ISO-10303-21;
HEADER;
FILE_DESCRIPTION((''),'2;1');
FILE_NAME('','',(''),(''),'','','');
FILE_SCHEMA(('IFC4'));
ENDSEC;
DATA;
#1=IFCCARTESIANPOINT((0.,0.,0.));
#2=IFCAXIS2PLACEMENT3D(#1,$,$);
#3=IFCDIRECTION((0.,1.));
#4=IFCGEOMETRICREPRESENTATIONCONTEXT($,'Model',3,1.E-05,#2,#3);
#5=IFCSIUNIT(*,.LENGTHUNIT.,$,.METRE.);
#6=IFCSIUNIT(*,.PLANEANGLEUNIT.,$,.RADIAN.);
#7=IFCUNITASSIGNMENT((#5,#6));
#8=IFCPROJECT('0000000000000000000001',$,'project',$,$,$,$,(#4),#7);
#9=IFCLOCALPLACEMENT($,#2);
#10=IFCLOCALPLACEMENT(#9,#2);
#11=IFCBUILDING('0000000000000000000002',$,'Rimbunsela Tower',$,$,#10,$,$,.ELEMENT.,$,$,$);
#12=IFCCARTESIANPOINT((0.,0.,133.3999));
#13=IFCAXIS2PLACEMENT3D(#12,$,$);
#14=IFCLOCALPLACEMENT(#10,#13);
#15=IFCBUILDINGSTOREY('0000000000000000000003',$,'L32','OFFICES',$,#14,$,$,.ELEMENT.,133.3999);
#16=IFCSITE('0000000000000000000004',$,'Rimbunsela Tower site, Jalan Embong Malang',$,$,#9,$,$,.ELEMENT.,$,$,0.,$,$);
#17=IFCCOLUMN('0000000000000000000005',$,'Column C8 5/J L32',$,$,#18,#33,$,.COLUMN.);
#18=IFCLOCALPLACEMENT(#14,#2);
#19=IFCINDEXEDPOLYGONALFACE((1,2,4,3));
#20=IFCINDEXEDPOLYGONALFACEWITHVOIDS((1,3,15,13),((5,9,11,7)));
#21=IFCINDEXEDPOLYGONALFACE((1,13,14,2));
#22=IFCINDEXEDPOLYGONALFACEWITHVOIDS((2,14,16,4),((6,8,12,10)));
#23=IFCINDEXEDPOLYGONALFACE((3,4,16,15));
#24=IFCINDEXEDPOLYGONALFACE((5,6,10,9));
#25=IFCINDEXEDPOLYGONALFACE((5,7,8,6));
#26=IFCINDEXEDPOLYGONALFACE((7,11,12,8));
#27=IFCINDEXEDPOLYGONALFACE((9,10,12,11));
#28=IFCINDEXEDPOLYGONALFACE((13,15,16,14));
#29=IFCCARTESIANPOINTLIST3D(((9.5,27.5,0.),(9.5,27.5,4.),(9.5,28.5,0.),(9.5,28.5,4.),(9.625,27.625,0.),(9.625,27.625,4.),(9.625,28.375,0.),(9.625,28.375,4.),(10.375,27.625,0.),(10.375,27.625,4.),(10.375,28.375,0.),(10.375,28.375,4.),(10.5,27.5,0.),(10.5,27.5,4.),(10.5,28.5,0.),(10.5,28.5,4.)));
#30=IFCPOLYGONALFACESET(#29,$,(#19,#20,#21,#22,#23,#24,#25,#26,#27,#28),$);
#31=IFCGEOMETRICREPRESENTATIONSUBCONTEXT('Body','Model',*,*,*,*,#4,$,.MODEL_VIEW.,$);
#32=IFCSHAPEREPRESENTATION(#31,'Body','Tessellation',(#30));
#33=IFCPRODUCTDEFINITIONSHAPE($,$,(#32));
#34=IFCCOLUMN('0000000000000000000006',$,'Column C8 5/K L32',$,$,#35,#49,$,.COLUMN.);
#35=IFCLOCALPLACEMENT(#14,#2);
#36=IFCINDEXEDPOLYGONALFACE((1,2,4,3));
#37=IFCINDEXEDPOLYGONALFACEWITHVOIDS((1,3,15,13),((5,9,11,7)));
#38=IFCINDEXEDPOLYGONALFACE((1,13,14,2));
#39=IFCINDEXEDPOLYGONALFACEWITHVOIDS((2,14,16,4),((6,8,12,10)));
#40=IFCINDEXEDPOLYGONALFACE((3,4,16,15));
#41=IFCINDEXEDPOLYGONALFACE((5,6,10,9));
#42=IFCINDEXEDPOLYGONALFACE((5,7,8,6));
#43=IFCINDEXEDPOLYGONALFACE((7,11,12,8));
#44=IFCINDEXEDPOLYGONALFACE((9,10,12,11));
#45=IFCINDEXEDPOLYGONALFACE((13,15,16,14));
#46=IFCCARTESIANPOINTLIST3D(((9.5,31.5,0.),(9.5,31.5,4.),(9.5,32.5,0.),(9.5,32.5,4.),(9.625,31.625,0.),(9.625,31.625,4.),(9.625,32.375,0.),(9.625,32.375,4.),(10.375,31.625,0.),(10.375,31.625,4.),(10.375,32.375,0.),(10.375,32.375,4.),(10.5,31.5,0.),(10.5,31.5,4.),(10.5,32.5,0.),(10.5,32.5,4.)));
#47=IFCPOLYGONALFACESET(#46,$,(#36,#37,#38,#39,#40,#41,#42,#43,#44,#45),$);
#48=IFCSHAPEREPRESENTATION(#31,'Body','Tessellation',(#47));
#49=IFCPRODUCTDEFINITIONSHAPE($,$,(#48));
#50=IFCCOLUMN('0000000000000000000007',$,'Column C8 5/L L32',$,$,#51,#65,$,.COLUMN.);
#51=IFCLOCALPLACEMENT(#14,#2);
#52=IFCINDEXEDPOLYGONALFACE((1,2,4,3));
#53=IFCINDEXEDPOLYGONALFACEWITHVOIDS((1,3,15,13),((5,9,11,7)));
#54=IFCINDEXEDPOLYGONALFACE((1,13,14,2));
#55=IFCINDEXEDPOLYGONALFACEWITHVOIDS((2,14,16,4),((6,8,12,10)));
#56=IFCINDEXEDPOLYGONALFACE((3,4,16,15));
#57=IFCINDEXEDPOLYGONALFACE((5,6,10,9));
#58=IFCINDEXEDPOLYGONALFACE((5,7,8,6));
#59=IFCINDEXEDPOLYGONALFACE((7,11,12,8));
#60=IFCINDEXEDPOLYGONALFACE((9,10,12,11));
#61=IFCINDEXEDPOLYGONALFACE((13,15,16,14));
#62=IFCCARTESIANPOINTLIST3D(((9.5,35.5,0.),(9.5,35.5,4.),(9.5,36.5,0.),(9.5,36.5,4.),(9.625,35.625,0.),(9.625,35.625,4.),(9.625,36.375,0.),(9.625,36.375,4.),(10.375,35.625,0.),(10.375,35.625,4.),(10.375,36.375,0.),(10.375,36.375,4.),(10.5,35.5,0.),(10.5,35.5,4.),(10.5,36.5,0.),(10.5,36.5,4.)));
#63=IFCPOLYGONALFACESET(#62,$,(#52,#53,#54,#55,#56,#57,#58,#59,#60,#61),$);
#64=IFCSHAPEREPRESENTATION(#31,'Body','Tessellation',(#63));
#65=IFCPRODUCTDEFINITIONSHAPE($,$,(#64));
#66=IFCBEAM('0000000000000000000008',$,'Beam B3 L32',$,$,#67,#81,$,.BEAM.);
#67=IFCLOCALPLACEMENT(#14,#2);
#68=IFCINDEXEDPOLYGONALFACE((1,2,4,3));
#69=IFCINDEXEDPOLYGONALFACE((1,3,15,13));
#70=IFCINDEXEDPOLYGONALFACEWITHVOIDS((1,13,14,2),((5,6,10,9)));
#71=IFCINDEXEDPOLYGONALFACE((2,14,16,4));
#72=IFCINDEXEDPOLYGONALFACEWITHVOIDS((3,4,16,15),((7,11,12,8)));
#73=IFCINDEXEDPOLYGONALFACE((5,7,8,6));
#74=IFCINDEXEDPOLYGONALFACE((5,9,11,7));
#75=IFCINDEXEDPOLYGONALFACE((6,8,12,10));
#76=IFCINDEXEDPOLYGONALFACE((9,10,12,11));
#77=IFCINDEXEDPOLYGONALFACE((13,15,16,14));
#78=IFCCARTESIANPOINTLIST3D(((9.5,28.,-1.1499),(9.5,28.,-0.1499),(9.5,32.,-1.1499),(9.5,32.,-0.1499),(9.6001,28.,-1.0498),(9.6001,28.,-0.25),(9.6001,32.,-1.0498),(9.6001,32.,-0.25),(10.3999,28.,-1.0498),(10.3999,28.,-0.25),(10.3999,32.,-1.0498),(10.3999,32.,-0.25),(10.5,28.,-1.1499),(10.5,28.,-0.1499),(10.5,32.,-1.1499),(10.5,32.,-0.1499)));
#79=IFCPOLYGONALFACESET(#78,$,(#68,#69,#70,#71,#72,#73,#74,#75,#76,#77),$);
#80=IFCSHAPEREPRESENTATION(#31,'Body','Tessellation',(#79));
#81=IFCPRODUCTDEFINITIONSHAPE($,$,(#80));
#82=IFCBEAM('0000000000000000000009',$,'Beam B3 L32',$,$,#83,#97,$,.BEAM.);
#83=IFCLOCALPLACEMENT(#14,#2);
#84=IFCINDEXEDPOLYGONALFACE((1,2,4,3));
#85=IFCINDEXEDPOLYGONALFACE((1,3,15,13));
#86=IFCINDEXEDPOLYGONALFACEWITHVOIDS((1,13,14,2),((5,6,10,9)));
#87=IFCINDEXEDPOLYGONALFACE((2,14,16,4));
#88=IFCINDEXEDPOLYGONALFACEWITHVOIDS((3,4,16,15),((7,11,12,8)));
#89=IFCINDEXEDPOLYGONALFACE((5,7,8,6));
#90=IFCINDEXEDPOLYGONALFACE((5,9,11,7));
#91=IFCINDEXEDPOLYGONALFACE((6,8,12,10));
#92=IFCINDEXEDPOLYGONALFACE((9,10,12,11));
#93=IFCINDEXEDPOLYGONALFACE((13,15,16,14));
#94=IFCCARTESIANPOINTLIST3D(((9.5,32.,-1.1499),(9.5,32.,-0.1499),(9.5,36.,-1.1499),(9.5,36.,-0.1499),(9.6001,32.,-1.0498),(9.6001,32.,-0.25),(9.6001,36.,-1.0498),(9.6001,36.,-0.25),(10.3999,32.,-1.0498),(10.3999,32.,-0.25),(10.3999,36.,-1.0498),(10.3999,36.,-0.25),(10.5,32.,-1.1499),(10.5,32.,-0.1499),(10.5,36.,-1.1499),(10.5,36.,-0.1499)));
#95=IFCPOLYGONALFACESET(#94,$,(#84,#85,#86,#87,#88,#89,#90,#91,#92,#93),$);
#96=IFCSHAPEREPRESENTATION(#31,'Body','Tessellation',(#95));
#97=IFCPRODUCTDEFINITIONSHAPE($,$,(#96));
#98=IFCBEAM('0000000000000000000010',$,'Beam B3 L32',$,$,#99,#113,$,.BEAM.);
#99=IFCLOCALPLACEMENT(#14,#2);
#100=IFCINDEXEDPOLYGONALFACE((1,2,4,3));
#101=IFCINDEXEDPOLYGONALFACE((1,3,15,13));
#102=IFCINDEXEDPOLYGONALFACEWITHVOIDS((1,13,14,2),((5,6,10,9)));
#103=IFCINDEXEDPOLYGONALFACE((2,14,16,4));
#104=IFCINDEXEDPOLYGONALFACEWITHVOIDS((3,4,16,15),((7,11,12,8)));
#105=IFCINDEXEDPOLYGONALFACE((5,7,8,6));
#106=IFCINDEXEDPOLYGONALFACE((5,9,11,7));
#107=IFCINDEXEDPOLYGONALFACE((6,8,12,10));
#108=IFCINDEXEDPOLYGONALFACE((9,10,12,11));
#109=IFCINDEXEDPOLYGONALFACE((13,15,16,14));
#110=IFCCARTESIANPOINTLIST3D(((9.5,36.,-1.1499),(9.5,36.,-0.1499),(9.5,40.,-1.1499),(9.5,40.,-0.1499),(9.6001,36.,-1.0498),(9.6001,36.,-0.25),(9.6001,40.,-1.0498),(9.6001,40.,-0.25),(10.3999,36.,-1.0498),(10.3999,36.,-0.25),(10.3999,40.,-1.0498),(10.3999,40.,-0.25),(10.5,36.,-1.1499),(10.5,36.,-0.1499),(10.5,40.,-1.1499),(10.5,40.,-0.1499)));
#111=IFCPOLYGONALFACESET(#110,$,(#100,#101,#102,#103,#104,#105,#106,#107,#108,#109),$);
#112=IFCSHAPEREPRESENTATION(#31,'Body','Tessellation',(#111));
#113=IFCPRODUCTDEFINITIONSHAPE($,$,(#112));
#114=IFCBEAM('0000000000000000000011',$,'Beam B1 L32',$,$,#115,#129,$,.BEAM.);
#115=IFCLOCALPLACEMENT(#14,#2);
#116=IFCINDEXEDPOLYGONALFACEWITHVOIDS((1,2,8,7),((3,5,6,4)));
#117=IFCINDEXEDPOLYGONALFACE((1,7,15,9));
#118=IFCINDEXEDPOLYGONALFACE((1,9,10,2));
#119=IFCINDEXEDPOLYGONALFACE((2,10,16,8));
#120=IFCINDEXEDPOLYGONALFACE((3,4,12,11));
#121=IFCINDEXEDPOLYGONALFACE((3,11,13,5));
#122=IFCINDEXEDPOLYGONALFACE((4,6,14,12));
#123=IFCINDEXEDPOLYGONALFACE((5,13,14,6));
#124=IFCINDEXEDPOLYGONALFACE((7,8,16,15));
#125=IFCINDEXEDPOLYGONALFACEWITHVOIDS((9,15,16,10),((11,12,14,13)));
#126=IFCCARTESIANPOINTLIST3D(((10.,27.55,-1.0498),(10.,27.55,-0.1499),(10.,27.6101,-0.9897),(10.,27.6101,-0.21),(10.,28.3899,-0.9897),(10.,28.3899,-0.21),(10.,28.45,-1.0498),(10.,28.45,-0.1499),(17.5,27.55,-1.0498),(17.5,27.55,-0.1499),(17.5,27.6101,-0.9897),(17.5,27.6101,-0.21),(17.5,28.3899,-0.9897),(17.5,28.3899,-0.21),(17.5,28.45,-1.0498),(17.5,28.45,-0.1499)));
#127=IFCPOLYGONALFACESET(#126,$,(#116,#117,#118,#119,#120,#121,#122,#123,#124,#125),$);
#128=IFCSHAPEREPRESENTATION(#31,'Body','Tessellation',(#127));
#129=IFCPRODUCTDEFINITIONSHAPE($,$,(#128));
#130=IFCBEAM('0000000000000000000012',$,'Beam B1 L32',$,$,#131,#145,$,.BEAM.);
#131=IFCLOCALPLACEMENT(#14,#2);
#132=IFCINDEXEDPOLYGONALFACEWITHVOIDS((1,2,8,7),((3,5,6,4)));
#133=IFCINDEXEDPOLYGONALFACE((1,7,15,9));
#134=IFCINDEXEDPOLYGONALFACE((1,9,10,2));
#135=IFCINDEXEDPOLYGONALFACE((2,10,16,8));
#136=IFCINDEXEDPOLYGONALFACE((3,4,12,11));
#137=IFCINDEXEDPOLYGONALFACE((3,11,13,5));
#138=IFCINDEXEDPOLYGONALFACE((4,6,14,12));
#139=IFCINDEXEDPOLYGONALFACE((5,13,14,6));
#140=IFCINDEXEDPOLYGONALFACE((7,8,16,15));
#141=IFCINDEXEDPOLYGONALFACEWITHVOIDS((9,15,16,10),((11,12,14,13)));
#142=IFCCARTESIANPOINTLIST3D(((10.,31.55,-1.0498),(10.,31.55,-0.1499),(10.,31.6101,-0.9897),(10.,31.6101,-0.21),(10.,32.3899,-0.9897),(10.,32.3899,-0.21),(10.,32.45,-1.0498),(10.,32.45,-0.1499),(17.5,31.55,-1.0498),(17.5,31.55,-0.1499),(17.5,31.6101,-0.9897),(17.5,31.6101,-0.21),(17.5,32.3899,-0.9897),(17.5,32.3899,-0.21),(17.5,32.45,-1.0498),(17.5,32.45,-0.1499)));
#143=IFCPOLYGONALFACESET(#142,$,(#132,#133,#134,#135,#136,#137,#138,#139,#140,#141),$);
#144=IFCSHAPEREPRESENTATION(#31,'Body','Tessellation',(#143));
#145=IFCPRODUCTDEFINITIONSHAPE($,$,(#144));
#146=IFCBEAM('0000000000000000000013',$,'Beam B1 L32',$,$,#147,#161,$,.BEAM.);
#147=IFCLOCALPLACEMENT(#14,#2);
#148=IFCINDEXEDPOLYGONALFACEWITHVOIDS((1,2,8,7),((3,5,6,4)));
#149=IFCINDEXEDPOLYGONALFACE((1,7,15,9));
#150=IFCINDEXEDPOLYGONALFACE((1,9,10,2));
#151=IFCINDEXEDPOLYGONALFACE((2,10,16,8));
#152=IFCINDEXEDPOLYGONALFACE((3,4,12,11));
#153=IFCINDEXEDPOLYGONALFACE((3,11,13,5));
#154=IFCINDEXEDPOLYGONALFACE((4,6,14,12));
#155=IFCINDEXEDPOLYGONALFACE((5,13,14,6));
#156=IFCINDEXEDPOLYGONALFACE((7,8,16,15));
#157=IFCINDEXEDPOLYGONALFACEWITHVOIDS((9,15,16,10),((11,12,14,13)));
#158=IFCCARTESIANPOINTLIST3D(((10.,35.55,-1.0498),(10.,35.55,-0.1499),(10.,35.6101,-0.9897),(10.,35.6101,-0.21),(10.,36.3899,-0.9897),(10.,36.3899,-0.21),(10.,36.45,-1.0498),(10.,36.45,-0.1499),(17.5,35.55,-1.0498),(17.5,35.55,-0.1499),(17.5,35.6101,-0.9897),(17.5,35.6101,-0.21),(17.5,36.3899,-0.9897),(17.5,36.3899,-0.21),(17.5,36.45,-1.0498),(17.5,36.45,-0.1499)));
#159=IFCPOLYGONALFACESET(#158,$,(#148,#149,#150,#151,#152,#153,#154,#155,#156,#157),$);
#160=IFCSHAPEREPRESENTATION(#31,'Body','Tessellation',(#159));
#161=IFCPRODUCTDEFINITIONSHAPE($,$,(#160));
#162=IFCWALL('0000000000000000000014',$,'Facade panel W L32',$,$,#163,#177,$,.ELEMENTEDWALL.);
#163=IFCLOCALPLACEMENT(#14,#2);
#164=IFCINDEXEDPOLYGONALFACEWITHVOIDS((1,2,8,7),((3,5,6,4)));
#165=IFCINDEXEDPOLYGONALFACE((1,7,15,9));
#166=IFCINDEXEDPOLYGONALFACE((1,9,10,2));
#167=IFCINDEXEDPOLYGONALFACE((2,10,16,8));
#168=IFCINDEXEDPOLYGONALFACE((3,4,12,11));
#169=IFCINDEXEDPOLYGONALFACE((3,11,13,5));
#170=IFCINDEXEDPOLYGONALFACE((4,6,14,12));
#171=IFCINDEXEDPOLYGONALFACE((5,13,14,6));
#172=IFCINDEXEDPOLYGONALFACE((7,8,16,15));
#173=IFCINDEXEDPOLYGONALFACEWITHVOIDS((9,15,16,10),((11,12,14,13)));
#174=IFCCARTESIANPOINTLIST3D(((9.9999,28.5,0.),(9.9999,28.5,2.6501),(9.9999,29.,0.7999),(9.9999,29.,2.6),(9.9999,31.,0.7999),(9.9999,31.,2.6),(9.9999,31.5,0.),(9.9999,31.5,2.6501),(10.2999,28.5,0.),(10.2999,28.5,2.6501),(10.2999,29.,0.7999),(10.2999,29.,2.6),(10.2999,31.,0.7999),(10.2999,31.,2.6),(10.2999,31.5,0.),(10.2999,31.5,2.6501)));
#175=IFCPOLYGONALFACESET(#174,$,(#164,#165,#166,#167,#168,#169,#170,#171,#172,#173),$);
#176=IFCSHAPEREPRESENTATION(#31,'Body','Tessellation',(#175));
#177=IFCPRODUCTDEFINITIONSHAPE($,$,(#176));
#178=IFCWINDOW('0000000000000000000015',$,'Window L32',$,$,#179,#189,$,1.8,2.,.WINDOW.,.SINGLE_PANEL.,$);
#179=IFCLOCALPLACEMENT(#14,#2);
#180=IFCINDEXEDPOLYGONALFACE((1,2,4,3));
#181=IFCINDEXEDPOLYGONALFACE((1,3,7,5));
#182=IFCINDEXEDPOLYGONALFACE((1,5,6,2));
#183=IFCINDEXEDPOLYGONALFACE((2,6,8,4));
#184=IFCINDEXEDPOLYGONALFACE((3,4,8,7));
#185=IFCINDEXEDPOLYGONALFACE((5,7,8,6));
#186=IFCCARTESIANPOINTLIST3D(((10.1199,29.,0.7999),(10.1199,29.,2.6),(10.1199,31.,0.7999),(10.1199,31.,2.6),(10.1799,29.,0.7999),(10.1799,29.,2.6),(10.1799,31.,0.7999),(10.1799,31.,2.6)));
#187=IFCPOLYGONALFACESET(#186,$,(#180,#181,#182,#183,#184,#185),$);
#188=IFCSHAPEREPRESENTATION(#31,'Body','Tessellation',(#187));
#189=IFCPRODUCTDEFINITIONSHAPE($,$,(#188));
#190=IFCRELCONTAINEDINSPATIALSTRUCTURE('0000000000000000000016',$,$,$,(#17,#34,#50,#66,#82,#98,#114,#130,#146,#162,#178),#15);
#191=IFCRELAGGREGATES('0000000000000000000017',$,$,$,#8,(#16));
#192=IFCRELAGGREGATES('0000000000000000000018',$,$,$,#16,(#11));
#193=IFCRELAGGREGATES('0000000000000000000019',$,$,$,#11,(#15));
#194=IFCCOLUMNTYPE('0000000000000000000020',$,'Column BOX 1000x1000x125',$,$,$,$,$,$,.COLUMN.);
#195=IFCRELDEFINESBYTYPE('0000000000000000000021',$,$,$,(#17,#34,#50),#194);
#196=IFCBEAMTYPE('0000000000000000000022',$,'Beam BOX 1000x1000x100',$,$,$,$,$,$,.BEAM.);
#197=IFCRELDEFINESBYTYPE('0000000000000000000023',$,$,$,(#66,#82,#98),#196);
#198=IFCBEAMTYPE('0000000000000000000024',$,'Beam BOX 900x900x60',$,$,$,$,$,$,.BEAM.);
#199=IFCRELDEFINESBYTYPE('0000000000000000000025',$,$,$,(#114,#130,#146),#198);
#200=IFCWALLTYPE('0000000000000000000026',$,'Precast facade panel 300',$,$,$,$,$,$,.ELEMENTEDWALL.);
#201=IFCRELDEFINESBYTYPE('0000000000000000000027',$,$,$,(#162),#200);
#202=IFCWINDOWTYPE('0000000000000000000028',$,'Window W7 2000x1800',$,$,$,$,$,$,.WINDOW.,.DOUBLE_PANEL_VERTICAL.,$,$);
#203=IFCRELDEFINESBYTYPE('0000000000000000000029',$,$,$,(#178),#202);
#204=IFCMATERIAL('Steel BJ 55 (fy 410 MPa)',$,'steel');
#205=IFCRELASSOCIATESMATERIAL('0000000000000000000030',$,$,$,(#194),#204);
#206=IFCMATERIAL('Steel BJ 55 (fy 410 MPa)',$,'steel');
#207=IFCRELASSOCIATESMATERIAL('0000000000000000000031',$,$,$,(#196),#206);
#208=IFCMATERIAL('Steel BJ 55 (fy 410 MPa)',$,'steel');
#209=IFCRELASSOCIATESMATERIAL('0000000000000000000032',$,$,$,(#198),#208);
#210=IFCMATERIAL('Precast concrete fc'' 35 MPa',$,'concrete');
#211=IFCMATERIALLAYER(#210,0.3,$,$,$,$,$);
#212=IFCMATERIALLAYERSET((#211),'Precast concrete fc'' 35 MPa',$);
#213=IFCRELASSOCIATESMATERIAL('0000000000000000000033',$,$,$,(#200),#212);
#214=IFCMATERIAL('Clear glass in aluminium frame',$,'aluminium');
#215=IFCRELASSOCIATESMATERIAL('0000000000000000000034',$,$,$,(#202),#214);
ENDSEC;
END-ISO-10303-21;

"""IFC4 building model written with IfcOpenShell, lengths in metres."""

from ifc_helpers import new_model, si_unit, direction, frame, frame_2d, origin, origin_2d, place, context, subcontext, project, spatial, rectangle, hollow_rectangle, extrude, material, layer, layer_set, material_profile, profile_set, type_object, element, fill, save


model = new_model("IFC4")

# Units and contexts
model_context = context("Model", 3, precision=1e-05, world=origin(), true_north=direction((0.0, 1.0)))
body_context = subcontext(model_context, "Body", "Model", "MODEL_VIEW")
ifc_project = project(units=[si_unit("LENGTHUNIT", "METRE"), si_unit("PLANEANGLEUNIT", "RADIAN")], contexts=[model_context])

# Site, building, storey
site_placement = place(None, origin())
site = spatial("IfcSite", under=ifc_project, at=site_placement, Name="Rimbunsela Tower site, Jalan Embong Malang", CompositionType="ELEMENT", RefElevation=0.0)
building_placement = place(site_placement, origin())
building = spatial("IfcBuilding", under=site, at=building_placement, Name="Rimbunsela Tower", CompositionType="ELEMENT")
storey_placement = place(building_placement, frame((0.0, 0.0, 133.3999)))
storey = spatial("IfcBuildingStorey", under=building, at=storey_placement, Name="L32", Description="OFFICES", CompositionType="ELEMENT", Elevation=133.3999)

# Columns
ifc_material_1 = material(Name="Steel BJ 55 (fy 410 MPa)", Category="steel")
ifc_material_profile_1 = material_profile(ifc_material_1, hollow_rectangle(XDim=1.0, YDim=1.0, WallThickness=0.125, at=origin_2d()), Name="BOX 1000x1000x125")
ifc_profile_set_1 = profile_set([ifc_material_profile_1], Name="Steel BJ 55 (fy 410 MPa)")
column_type = type_object("IfcColumnType", Name="Column BOX 1000x1000x125", PredefinedType="COLUMN", material=ifc_profile_set_1)
for number, where, z_axis, x_axis, name in (
    (1, (10.0, 28.0, 0.0), (0.0, 0.0, 1.0), (1.0, 0.0, 0.0), "Column C8 5/J L32"),
    (2, (10.0, 32.0, 0.0), (0.0, 0.0, 1.0), (1.0, 0.0, 0.0), "Column C8 5/K L32"),
    (3, (10.0, 36.0, 0.0), (0.0, 0.0, 1.0), (1.0, 0.0, 0.0), "Column C8 5/L L32"),
):
    element("IfcColumn", number, at=place(storey_placement, frame(where, z_axis=z_axis, x_axis=x_axis)), inside=storey, type_object=column_type, Name=name, PredefinedType="COLUMN", context=body_context, shape_type="SweptSolid", body=[
        extrude(hollow_rectangle(XDim=1.0, YDim=1.0, WallThickness=0.125, at=origin_2d()), origin(), (0.0, 0.0, 1.0), 4.0),
    ])

# Beams
ifc_material_2 = material(Name="Steel BJ 55 (fy 410 MPa)", Category="steel")
ifc_material_profile_2 = material_profile(ifc_material_2, hollow_rectangle(XDim=1.0, YDim=1.0, WallThickness=0.1001, at=origin_2d()), Name="BOX 1000x1000x100")
ifc_profile_set_2 = profile_set([ifc_material_profile_2], Name="Steel BJ 55 (fy 410 MPa)")
beam_type_1 = type_object("IfcBeamType", Name="Beam BOX 1000x1000x100", PredefinedType="BEAM", material=ifc_profile_set_2)
for number, where, z_axis, x_axis, name in (
    (4, (10.0, 28.0, -0.6499), (0.0, 1.0, 0.0), (-1.0, 0.0, 0.0), "Beam B3 L32"),
    (5, (10.0, 32.0, -0.6499), (0.0, 1.0, 0.0), (-1.0, 0.0, 0.0), "Beam B3 L32"),
    (6, (10.0, 36.0, -0.6499), (0.0, 1.0, 0.0), (-1.0, 0.0, 0.0), "Beam B3 L32"),
):
    element("IfcBeam", number, at=place(storey_placement, frame(where, z_axis=z_axis, x_axis=x_axis)), inside=storey, type_object=beam_type_1, Name=name, PredefinedType="BEAM", context=body_context, shape_type="SweptSolid", body=[
        extrude(hollow_rectangle(XDim=1.0, YDim=1.0, WallThickness=0.1001, at=origin_2d()), origin(), (0.0, 0.0, 1.0), 4.0),
    ])
ifc_material_3 = material(Name="Steel BJ 55 (fy 410 MPa)", Category="steel")
ifc_material_profile_3 = material_profile(ifc_material_3, hollow_rectangle(XDim=0.8999, YDim=0.8999, WallThickness=0.0601, at=origin_2d()), Name="BOX 900x900x60")
ifc_profile_set_3 = profile_set([ifc_material_profile_3], Name="Steel BJ 55 (fy 410 MPa)")
beam_type_2 = type_object("IfcBeamType", Name="Beam BOX 900x900x60", PredefinedType="BEAM", material=ifc_profile_set_3)
for number, where, z_axis, x_axis, name in (
    (7, (10.0, 28.0, -0.5999), (1.0, 0.0, 0.0), (0.0, 1.0, 0.0), "Beam B1 L32"),
    (8, (10.0, 32.0, -0.5999), (1.0, 0.0, 0.0), (0.0, 1.0, 0.0), "Beam B1 L32"),
    (9, (10.0, 36.0, -0.5999), (1.0, 0.0, 0.0), (0.0, 1.0, 0.0), "Beam B1 L32"),
):
    element("IfcBeam", number, at=place(storey_placement, frame(where, z_axis=z_axis, x_axis=x_axis)), inside=storey, type_object=beam_type_2, Name=name, PredefinedType="BEAM", context=body_context, shape_type="SweptSolid", body=[
        extrude(hollow_rectangle(XDim=0.8999, YDim=0.8999, WallThickness=0.0601, at=origin_2d()), origin(), (0.0, 0.0, 1.0), 7.5),
    ])

# Wall, opening, window
ifc_material_4 = material(Name="Precast concrete fc' 35 MPa", Category="concrete")
ifc_layer_1 = layer(ifc_material_4, 0.3)
ifc_layer_set_1 = layer_set([ifc_layer_1], Name="Precast concrete fc' 35 MPa")
wall_type = type_object("IfcWallType", Name="Precast facade panel 300", PredefinedType="ELEMENTEDWALL", material=ifc_layer_set_1)
wall_1_placement = place(storey_placement, frame((10.1499, 31.5, 0.0), z_axis=(0.0, 0.0, 1.0), x_axis=(0.0, -1.0, 0.0)))
wall_1 = element("IfcWall", 10, at=wall_1_placement, inside=storey, type_object=wall_type, Name="Facade panel W L32", PredefinedType="ELEMENTEDWALL", context=body_context, shape_type="SweptSolid", body=[
    extrude(rectangle(XDim=3.0, YDim=0.3, at=frame_2d((1.5, 0.0))), origin(), (0.0, 0.0, 1.0), 2.6501),
])
opening_1_placement = place(wall_1_placement, frame((0.5, 0.0, 0.8)))
opening_1 = element("IfcOpeningElement", 11, at=opening_1_placement, cuts=wall_1, PredefinedType="OPENING", context=body_context, shape_type="SweptSolid", body=[
    extrude(rectangle(XDim=2.0, YDim=1.8, at=frame_2d((1.0, 0.8999))), frame((0.0, 0.1599, 0.0), z_axis=(0.0, -1.0, 0.0), x_axis=(1.0, 0.0, 0.0)), (0.0, 0.0, 1.0), 0.3201),
])
ifc_material_5 = material(Name="Clear glass in aluminium frame", Category="aluminium")
window_type = type_object("IfcWindowType", Name="Window W7 2000x1800", PartitioningType="DOUBLE_PANEL_VERTICAL", PredefinedType="WINDOW", material=ifc_material_5)
window_1_placement = place(opening_1_placement, origin())
window_1 = element("IfcWindow", 12, at=window_1_placement, inside=storey, type_object=window_type, Name="Window L32", OverallHeight=1.8, OverallWidth=2.0, PartitioningType="SINGLE_PANEL", PredefinedType="WINDOW", context=body_context, shape_type="SweptSolid", body=[
    extrude(rectangle(XDim=2.0, YDim=1.8, at=frame_2d((1.0, 0.8999))), frame((0.0, 0.03, 0.0), z_axis=(0.0, -1.0, 0.0), x_axis=(1.0, 0.0, 0.0)), (0.0, 0.0, 1.0), 0.0601),
])
fill(opening_1, window_1)

save(model, "model.ifc")
